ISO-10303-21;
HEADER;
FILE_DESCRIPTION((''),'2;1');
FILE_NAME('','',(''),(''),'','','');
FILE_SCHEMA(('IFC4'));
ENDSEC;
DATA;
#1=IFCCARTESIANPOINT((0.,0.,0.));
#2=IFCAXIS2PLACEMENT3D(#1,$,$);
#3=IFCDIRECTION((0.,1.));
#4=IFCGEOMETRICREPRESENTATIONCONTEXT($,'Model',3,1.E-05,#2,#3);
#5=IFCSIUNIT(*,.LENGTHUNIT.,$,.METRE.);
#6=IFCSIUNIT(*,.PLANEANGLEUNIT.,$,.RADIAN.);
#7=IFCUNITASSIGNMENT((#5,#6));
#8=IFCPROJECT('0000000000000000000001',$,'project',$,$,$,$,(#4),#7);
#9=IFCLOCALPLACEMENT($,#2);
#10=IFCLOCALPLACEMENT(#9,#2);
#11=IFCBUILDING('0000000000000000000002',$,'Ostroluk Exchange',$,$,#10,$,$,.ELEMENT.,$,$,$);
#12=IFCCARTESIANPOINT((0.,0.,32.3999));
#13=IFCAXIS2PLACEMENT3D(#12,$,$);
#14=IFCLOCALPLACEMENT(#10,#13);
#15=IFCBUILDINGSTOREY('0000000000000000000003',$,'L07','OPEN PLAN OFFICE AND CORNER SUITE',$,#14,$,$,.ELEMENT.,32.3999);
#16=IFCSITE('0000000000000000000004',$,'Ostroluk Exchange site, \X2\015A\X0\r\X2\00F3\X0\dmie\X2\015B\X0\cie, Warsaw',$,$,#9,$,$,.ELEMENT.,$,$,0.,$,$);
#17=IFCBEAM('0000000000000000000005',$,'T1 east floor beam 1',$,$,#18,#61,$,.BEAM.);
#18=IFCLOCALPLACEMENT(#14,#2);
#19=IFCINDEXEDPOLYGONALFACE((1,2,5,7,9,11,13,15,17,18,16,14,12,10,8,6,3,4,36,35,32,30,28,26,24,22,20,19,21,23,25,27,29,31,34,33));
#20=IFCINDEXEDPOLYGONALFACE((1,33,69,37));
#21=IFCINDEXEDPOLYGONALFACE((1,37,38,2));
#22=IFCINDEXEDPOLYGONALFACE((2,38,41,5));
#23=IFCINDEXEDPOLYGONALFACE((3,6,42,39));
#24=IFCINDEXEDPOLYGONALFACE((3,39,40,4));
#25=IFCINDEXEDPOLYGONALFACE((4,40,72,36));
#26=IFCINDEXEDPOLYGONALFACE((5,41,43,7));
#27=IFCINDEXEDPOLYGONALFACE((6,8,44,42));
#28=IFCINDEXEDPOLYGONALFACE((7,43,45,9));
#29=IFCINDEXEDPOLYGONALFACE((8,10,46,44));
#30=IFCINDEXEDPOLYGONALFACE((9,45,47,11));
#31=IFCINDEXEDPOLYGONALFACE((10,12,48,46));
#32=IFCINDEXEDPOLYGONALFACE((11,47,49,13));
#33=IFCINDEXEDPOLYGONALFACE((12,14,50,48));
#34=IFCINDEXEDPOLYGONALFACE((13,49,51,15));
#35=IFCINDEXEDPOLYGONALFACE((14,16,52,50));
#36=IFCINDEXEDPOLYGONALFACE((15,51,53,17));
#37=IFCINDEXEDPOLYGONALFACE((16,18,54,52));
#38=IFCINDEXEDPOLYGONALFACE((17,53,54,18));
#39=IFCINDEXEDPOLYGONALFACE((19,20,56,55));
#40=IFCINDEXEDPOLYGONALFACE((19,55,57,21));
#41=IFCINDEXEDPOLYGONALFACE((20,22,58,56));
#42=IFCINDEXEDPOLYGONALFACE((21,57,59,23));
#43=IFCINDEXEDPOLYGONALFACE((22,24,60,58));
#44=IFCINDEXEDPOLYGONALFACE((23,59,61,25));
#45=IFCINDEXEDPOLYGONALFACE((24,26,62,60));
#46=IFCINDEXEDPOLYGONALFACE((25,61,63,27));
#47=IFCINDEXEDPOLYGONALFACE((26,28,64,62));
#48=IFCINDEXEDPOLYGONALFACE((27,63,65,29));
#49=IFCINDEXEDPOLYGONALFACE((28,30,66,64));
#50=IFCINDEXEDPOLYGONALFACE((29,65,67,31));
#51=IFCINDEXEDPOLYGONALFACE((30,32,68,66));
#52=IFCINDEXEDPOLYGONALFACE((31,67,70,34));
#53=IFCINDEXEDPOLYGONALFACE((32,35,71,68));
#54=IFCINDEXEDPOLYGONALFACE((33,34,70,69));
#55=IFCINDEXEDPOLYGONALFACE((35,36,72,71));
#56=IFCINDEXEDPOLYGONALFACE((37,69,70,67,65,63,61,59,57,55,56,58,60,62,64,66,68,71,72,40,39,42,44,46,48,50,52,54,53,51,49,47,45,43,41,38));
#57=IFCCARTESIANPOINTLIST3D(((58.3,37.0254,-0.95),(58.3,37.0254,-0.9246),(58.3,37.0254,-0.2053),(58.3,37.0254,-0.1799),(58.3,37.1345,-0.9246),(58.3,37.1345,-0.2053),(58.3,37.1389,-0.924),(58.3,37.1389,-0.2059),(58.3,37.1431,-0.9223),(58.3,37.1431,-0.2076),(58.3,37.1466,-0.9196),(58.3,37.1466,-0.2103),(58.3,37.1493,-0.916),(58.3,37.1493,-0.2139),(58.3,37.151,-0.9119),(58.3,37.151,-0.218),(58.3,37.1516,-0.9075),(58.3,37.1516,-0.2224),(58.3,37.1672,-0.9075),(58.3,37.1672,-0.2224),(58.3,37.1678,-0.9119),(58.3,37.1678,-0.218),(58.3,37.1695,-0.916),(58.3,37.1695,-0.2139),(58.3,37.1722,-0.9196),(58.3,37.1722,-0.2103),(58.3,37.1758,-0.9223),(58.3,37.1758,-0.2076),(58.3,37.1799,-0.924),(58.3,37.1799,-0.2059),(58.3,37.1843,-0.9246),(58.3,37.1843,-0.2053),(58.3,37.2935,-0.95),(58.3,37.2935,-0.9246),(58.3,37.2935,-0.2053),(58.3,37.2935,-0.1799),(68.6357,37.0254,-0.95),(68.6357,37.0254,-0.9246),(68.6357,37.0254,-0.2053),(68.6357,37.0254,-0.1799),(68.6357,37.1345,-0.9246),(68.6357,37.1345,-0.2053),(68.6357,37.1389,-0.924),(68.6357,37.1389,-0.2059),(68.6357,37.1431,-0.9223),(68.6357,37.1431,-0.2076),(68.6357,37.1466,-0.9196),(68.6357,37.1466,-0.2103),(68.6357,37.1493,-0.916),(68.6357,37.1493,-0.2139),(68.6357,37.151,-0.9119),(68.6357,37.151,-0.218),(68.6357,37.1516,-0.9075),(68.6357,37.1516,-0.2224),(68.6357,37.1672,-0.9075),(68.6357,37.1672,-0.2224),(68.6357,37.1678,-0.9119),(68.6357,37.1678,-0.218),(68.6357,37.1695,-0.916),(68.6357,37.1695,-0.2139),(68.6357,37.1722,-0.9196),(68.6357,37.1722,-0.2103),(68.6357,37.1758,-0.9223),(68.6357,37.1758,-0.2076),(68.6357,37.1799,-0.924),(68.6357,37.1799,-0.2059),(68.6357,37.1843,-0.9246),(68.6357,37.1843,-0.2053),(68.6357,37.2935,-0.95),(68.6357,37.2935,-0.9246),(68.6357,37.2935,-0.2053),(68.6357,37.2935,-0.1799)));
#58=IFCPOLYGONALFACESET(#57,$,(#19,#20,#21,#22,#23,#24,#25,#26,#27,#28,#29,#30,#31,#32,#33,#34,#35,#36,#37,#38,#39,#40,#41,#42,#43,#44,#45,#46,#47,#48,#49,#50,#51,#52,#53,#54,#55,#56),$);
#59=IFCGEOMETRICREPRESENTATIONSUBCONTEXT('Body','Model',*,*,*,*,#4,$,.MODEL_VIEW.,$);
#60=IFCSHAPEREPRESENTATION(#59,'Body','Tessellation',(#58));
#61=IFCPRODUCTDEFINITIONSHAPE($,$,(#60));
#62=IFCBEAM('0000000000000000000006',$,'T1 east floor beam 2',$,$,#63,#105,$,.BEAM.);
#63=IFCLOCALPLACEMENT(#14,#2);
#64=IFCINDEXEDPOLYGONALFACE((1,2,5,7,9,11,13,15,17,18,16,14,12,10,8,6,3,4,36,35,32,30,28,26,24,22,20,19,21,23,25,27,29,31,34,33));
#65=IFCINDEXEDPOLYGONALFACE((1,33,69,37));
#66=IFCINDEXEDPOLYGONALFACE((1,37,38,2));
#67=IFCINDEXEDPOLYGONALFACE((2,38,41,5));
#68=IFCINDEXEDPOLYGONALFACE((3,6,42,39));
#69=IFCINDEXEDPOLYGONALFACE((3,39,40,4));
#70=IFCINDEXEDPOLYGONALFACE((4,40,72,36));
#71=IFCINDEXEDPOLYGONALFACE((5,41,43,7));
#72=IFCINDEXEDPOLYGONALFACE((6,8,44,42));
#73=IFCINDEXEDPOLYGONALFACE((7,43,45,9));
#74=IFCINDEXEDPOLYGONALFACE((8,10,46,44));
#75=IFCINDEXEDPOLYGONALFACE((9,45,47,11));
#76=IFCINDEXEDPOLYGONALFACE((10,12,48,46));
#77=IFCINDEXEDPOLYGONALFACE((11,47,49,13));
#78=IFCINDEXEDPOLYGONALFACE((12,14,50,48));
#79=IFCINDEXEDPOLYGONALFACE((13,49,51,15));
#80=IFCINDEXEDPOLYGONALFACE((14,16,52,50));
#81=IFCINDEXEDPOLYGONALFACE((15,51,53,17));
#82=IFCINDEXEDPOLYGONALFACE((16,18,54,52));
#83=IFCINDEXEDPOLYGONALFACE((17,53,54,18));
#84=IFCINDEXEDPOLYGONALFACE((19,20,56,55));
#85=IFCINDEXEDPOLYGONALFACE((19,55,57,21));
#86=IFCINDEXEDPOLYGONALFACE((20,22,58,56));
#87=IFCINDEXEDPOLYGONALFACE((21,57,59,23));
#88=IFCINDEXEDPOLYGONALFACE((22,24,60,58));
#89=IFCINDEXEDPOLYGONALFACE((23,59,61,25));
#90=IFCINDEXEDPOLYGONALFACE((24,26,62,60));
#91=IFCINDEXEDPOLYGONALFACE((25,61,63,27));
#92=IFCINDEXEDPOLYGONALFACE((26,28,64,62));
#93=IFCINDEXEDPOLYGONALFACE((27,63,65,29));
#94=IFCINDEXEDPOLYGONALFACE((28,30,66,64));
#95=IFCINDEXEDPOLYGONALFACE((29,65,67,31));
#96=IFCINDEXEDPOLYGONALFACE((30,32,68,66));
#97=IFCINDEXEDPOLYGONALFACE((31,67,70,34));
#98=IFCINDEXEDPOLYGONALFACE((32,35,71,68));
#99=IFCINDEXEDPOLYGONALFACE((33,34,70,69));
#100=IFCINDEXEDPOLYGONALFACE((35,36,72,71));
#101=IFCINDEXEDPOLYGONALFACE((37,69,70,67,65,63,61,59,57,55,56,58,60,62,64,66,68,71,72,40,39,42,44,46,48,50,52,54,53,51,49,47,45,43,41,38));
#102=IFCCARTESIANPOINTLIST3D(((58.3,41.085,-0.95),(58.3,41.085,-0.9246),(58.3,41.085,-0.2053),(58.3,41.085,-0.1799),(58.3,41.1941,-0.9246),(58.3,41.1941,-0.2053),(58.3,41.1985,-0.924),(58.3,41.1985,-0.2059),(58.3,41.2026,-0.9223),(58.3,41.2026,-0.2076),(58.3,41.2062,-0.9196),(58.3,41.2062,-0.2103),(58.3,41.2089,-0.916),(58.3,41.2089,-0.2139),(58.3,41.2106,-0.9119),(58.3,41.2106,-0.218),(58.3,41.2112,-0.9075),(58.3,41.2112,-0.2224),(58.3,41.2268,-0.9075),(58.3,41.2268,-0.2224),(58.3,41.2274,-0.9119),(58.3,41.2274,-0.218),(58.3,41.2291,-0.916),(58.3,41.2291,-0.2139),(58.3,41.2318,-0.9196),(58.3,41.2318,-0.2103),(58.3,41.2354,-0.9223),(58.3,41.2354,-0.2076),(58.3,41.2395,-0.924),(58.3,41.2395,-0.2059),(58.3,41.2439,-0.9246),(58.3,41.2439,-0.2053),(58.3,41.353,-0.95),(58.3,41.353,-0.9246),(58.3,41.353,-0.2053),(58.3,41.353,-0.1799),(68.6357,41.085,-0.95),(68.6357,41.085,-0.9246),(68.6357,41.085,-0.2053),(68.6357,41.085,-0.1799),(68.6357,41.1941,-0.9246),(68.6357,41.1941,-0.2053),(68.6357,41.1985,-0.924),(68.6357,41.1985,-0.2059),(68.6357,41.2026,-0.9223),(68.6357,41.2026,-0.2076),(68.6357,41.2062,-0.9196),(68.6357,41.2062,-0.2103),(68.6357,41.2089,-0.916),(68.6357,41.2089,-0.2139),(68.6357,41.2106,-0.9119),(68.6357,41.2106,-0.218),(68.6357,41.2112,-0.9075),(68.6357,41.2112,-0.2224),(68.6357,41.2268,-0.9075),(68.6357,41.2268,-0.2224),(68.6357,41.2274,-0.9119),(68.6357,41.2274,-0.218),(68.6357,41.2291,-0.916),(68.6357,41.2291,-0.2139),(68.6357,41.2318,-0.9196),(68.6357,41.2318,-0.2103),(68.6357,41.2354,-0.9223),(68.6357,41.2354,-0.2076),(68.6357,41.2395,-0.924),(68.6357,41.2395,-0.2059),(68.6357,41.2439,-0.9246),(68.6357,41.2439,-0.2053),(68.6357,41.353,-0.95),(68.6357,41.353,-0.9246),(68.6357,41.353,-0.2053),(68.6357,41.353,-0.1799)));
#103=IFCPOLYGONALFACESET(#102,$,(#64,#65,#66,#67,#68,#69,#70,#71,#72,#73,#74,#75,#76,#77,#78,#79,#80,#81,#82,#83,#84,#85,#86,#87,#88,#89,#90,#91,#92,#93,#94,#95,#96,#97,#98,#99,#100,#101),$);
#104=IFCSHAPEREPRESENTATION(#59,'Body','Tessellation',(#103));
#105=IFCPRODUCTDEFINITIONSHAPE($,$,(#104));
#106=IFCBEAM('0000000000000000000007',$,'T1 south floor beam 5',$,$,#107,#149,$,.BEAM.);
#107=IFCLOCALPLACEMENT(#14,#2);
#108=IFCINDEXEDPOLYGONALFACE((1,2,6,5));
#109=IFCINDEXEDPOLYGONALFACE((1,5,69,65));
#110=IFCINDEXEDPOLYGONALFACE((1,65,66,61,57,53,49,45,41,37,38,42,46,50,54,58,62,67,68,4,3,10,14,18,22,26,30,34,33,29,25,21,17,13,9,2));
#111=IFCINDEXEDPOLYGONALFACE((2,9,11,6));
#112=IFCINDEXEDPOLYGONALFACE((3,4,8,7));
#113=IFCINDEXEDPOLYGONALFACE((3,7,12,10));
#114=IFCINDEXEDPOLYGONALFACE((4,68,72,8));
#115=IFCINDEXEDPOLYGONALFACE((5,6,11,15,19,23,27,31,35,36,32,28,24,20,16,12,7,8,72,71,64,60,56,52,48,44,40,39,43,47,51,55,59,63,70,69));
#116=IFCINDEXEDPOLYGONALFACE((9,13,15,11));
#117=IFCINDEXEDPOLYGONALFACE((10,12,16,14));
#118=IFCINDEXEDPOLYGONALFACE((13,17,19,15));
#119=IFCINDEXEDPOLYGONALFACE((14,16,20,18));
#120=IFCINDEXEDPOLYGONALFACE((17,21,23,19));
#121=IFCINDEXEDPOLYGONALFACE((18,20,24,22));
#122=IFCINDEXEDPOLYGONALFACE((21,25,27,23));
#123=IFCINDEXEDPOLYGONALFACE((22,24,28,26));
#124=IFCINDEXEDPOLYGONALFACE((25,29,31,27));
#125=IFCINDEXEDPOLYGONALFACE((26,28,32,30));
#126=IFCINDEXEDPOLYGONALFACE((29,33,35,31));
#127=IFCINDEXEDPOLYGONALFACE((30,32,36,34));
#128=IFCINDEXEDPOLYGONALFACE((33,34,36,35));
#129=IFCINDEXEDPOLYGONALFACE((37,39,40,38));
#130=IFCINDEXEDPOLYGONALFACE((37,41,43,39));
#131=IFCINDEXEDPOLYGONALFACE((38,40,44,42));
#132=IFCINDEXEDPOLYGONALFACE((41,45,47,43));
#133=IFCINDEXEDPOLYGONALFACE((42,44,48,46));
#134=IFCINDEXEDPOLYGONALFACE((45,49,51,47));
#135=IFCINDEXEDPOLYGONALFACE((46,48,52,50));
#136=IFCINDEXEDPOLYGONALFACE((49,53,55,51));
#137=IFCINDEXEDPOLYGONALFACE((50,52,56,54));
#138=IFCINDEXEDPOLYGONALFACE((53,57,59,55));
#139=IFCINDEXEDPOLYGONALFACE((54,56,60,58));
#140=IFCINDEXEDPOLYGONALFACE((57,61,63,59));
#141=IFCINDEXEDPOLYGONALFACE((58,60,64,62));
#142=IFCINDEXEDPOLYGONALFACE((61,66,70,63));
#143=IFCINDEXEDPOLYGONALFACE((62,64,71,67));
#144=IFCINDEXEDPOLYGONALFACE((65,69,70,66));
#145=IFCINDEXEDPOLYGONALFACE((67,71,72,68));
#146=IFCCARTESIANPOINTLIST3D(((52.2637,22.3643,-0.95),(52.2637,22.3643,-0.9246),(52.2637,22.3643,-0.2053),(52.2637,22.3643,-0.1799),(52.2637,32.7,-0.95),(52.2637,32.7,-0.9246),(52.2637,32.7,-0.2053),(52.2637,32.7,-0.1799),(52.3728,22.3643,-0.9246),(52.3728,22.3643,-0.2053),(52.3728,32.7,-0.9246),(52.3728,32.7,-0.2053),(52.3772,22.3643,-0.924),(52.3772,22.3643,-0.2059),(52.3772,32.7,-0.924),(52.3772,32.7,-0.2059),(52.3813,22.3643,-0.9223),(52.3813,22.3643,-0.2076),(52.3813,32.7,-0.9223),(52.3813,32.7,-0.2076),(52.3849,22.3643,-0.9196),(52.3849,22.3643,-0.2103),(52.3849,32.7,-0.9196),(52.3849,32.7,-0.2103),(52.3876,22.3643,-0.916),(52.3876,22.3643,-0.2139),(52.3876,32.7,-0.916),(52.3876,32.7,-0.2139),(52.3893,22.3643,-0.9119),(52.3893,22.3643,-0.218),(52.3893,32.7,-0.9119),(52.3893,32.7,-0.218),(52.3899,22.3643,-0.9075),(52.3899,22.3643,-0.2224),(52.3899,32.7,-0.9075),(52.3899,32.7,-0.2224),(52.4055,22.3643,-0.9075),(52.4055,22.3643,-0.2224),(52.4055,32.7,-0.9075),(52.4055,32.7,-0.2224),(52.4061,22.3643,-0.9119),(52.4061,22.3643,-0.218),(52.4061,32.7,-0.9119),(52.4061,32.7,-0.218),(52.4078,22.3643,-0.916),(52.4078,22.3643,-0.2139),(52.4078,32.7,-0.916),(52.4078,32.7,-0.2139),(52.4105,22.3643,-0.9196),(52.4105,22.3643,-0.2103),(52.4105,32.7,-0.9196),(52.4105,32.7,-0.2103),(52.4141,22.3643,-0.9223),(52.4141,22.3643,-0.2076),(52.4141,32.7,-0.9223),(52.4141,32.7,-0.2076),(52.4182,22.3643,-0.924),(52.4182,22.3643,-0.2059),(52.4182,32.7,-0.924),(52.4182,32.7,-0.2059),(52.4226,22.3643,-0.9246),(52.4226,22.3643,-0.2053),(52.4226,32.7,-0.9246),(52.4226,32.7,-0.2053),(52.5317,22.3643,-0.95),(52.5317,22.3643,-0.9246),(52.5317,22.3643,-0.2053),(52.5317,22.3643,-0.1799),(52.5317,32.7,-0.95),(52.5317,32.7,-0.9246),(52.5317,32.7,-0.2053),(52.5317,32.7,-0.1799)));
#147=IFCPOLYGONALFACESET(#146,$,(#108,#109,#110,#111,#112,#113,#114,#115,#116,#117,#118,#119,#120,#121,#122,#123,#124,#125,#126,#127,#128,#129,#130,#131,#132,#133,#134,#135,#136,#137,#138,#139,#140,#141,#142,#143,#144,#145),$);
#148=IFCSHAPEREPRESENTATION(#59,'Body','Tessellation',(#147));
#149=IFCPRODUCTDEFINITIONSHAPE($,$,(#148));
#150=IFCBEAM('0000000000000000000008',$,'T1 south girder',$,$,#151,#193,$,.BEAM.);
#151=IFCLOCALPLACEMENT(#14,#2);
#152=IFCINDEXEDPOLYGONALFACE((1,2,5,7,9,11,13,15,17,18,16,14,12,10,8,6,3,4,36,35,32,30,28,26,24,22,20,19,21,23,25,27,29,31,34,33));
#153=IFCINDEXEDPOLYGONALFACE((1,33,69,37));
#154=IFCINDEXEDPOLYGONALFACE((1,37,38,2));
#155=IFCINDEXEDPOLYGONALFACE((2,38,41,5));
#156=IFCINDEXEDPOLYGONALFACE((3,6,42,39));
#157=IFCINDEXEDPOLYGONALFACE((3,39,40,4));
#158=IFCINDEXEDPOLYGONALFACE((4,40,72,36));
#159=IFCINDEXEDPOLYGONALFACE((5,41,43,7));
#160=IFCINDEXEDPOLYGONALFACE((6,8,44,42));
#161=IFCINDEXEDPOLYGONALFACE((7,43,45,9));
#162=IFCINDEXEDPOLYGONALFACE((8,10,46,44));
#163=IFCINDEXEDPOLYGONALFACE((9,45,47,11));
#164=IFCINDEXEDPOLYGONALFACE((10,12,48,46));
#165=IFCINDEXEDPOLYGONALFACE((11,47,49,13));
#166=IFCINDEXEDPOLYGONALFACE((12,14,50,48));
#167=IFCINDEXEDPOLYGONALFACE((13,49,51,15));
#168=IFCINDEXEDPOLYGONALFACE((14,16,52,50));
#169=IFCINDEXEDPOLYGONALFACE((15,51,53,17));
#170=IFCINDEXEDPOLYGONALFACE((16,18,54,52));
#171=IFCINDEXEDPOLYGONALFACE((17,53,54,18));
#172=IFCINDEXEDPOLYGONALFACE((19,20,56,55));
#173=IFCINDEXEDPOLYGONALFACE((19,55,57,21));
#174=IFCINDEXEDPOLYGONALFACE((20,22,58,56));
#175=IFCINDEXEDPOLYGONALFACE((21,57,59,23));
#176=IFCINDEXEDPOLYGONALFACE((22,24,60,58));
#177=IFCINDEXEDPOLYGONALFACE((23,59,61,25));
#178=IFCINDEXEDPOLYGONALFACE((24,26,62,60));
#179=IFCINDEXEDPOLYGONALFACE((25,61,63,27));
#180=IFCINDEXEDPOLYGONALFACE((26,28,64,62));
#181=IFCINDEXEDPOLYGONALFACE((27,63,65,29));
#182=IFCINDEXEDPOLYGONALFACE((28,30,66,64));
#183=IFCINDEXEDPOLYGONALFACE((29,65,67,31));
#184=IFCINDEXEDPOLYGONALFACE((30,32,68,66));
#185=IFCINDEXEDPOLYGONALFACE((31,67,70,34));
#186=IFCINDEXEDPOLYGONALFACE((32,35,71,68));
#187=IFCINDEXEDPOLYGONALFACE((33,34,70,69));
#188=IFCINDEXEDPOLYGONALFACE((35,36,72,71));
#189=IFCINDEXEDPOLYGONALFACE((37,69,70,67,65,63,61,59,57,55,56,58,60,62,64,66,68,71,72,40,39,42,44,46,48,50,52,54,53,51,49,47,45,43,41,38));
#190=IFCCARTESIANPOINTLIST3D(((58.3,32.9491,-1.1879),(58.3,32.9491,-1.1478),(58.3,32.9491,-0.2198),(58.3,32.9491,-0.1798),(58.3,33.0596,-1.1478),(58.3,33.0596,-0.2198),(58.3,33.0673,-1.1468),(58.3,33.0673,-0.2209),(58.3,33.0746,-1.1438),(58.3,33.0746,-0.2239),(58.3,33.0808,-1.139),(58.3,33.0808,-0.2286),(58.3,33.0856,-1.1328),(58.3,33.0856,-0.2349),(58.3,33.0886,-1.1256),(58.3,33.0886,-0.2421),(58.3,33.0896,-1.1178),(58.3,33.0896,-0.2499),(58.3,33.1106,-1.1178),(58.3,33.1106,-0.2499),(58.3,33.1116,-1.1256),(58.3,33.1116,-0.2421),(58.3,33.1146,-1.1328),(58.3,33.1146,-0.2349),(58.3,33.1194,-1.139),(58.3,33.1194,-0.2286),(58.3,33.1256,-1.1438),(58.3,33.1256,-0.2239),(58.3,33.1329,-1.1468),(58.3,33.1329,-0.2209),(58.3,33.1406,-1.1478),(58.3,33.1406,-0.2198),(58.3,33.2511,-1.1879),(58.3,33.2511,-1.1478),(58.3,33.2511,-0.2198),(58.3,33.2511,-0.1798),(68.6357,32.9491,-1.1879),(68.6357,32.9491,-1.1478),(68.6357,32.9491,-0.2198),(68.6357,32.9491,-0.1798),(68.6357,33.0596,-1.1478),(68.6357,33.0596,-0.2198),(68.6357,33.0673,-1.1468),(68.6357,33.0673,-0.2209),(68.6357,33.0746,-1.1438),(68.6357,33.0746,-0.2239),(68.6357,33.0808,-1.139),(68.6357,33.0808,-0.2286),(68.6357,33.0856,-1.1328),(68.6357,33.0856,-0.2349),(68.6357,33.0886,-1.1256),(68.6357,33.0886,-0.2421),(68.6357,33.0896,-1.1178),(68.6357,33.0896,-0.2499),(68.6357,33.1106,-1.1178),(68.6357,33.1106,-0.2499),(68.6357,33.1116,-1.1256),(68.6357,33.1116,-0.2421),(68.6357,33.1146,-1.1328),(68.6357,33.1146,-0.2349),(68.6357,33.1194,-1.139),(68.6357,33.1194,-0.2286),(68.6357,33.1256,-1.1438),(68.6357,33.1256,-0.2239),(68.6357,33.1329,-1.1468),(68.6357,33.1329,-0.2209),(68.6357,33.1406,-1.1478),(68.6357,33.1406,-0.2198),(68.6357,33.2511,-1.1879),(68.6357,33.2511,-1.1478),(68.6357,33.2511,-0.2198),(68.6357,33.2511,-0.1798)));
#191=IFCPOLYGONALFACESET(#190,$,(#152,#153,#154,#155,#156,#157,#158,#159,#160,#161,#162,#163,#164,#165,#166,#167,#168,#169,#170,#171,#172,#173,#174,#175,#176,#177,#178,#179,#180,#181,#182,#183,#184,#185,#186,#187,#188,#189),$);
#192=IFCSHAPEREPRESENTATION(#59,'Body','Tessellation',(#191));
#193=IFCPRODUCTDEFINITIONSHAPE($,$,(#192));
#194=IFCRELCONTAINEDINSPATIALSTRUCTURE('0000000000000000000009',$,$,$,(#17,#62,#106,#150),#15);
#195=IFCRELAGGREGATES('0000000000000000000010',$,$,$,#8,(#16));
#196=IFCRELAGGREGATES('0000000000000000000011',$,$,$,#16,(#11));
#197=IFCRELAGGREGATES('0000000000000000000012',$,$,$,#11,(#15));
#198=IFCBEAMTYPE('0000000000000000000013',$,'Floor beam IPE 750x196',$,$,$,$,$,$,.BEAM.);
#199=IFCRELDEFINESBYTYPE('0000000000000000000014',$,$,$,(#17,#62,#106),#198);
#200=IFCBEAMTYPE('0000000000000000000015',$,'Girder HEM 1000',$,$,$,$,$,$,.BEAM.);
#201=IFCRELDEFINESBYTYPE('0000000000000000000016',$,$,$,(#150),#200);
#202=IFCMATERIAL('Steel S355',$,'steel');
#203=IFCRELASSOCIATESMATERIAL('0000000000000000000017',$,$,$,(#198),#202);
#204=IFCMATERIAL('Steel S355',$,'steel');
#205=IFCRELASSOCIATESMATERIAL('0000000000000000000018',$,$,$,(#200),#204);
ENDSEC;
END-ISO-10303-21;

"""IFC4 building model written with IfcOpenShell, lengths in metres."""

from ifc_helpers import new_model, si_unit, direction, frame, origin, origin_2d, place, context, subcontext, project, spatial, i_section, extrude, material, material_profile, profile_set, type_object, element, save


model = new_model("IFC4")

# Units and contexts
model_context = context("Model", 3, precision=1e-05, world=origin(), true_north=direction((0.0, 1.0)))
body_context = subcontext(model_context, "Body", "Model", "MODEL_VIEW")
ifc_project = project(units=[si_unit("LENGTHUNIT", "METRE"), si_unit("PLANEANGLEUNIT", "RADIAN")], contexts=[model_context])

# Site, building, storey
site_placement = place(None, origin())
site = spatial("IfcSite", under=ifc_project, at=site_placement, Name="Ostroluk Exchange site, Śródmieście, Warsaw", CompositionType="ELEMENT", RefElevation=0.0)
building_placement = place(site_placement, origin())
building = spatial("IfcBuilding", under=site, at=building_placement, Name="Ostroluk Exchange", CompositionType="ELEMENT")
storey_placement = place(building_placement, frame((0.0, 0.0, 32.3999)))
storey = spatial("IfcBuildingStorey", under=building, at=storey_placement, Name="L07", Description="OPEN PLAN OFFICE AND CORNER SUITE", CompositionType="ELEMENT", Elevation=32.3999)

# Beams
ifc_material_1 = material(Name="Steel S355", Category="steel")
ifc_material_profile_1 = material_profile(ifc_material_1, i_section(OverallWidth=0.2681, OverallDepth=0.77, WebThickness=0.0156, FlangeThickness=0.0254, FilletRadius=0.0171, at=origin_2d()), Name="IPE 750x196")
ifc_profile_set_1 = profile_set([ifc_material_profile_1], Name="Steel S355")
beam_type_1 = type_object("IfcBeamType", Name="Floor beam IPE 750x196", PredefinedType="BEAM", material=ifc_profile_set_1)
for number, where, z_axis, x_axis, name in (
    (1, (58.3, 37.1594, -0.5649), (1.0, 0.0, 0.0), (0.0, 1.0, 0.0), "T1 east floor beam 1"),
    (2, (58.3, 41.219, -0.5649), (1.0, 0.0, 0.0), (0.0, 1.0, 0.0), "T1 east floor beam 2"),
    (3, (52.3977, 32.7, -0.5649), (0.0, -1.0, 0.0), (1.0, 0.0, 0.0), "T1 south floor beam 5"),
):
    element("IfcBeam", number, at=place(storey_placement, frame(where, z_axis=z_axis, x_axis=x_axis)), inside=storey, type_object=beam_type_1, Name=name, PredefinedType="BEAM", context=body_context, shape_type="SweptSolid", body=[
        extrude(i_section(OverallWidth=0.2681, OverallDepth=0.77, WebThickness=0.0156, FlangeThickness=0.0254, FilletRadius=0.0171, at=origin_2d()), origin(), (0.0, 0.0, 1.0), 10.3357),
    ])
ifc_material_2 = material(Name="Steel S355", Category="steel")
ifc_material_profile_2 = material_profile(ifc_material_2, i_section(OverallWidth=0.302, OverallDepth=1.0081, WebThickness=0.021, FlangeThickness=0.04, FilletRadius=0.03, at=origin_2d()), Name="HEM 1000")
ifc_profile_set_2 = profile_set([ifc_material_profile_2], Name="Steel S355")
beam_type_2 = type_object("IfcBeamType", Name="Girder HEM 1000", PredefinedType="BEAM", material=ifc_profile_set_2)
beam_1_placement = place(storey_placement, frame((58.3, 33.1001, -0.6838), z_axis=(1.0, 0.0, 0.0), x_axis=(0.0, 1.0, 0.0)))
element("IfcBeam", 4, at=beam_1_placement, inside=storey, type_object=beam_type_2, Name="T1 south girder", PredefinedType="BEAM", context=body_context, shape_type="SweptSolid", body=[
    extrude(i_section(OverallWidth=0.302, OverallDepth=1.0081, WebThickness=0.021, FlangeThickness=0.04, FilletRadius=0.03, at=origin_2d()), origin(), (0.0, 0.0, 1.0), 10.3357),
])

save(model, "model.ifc")
